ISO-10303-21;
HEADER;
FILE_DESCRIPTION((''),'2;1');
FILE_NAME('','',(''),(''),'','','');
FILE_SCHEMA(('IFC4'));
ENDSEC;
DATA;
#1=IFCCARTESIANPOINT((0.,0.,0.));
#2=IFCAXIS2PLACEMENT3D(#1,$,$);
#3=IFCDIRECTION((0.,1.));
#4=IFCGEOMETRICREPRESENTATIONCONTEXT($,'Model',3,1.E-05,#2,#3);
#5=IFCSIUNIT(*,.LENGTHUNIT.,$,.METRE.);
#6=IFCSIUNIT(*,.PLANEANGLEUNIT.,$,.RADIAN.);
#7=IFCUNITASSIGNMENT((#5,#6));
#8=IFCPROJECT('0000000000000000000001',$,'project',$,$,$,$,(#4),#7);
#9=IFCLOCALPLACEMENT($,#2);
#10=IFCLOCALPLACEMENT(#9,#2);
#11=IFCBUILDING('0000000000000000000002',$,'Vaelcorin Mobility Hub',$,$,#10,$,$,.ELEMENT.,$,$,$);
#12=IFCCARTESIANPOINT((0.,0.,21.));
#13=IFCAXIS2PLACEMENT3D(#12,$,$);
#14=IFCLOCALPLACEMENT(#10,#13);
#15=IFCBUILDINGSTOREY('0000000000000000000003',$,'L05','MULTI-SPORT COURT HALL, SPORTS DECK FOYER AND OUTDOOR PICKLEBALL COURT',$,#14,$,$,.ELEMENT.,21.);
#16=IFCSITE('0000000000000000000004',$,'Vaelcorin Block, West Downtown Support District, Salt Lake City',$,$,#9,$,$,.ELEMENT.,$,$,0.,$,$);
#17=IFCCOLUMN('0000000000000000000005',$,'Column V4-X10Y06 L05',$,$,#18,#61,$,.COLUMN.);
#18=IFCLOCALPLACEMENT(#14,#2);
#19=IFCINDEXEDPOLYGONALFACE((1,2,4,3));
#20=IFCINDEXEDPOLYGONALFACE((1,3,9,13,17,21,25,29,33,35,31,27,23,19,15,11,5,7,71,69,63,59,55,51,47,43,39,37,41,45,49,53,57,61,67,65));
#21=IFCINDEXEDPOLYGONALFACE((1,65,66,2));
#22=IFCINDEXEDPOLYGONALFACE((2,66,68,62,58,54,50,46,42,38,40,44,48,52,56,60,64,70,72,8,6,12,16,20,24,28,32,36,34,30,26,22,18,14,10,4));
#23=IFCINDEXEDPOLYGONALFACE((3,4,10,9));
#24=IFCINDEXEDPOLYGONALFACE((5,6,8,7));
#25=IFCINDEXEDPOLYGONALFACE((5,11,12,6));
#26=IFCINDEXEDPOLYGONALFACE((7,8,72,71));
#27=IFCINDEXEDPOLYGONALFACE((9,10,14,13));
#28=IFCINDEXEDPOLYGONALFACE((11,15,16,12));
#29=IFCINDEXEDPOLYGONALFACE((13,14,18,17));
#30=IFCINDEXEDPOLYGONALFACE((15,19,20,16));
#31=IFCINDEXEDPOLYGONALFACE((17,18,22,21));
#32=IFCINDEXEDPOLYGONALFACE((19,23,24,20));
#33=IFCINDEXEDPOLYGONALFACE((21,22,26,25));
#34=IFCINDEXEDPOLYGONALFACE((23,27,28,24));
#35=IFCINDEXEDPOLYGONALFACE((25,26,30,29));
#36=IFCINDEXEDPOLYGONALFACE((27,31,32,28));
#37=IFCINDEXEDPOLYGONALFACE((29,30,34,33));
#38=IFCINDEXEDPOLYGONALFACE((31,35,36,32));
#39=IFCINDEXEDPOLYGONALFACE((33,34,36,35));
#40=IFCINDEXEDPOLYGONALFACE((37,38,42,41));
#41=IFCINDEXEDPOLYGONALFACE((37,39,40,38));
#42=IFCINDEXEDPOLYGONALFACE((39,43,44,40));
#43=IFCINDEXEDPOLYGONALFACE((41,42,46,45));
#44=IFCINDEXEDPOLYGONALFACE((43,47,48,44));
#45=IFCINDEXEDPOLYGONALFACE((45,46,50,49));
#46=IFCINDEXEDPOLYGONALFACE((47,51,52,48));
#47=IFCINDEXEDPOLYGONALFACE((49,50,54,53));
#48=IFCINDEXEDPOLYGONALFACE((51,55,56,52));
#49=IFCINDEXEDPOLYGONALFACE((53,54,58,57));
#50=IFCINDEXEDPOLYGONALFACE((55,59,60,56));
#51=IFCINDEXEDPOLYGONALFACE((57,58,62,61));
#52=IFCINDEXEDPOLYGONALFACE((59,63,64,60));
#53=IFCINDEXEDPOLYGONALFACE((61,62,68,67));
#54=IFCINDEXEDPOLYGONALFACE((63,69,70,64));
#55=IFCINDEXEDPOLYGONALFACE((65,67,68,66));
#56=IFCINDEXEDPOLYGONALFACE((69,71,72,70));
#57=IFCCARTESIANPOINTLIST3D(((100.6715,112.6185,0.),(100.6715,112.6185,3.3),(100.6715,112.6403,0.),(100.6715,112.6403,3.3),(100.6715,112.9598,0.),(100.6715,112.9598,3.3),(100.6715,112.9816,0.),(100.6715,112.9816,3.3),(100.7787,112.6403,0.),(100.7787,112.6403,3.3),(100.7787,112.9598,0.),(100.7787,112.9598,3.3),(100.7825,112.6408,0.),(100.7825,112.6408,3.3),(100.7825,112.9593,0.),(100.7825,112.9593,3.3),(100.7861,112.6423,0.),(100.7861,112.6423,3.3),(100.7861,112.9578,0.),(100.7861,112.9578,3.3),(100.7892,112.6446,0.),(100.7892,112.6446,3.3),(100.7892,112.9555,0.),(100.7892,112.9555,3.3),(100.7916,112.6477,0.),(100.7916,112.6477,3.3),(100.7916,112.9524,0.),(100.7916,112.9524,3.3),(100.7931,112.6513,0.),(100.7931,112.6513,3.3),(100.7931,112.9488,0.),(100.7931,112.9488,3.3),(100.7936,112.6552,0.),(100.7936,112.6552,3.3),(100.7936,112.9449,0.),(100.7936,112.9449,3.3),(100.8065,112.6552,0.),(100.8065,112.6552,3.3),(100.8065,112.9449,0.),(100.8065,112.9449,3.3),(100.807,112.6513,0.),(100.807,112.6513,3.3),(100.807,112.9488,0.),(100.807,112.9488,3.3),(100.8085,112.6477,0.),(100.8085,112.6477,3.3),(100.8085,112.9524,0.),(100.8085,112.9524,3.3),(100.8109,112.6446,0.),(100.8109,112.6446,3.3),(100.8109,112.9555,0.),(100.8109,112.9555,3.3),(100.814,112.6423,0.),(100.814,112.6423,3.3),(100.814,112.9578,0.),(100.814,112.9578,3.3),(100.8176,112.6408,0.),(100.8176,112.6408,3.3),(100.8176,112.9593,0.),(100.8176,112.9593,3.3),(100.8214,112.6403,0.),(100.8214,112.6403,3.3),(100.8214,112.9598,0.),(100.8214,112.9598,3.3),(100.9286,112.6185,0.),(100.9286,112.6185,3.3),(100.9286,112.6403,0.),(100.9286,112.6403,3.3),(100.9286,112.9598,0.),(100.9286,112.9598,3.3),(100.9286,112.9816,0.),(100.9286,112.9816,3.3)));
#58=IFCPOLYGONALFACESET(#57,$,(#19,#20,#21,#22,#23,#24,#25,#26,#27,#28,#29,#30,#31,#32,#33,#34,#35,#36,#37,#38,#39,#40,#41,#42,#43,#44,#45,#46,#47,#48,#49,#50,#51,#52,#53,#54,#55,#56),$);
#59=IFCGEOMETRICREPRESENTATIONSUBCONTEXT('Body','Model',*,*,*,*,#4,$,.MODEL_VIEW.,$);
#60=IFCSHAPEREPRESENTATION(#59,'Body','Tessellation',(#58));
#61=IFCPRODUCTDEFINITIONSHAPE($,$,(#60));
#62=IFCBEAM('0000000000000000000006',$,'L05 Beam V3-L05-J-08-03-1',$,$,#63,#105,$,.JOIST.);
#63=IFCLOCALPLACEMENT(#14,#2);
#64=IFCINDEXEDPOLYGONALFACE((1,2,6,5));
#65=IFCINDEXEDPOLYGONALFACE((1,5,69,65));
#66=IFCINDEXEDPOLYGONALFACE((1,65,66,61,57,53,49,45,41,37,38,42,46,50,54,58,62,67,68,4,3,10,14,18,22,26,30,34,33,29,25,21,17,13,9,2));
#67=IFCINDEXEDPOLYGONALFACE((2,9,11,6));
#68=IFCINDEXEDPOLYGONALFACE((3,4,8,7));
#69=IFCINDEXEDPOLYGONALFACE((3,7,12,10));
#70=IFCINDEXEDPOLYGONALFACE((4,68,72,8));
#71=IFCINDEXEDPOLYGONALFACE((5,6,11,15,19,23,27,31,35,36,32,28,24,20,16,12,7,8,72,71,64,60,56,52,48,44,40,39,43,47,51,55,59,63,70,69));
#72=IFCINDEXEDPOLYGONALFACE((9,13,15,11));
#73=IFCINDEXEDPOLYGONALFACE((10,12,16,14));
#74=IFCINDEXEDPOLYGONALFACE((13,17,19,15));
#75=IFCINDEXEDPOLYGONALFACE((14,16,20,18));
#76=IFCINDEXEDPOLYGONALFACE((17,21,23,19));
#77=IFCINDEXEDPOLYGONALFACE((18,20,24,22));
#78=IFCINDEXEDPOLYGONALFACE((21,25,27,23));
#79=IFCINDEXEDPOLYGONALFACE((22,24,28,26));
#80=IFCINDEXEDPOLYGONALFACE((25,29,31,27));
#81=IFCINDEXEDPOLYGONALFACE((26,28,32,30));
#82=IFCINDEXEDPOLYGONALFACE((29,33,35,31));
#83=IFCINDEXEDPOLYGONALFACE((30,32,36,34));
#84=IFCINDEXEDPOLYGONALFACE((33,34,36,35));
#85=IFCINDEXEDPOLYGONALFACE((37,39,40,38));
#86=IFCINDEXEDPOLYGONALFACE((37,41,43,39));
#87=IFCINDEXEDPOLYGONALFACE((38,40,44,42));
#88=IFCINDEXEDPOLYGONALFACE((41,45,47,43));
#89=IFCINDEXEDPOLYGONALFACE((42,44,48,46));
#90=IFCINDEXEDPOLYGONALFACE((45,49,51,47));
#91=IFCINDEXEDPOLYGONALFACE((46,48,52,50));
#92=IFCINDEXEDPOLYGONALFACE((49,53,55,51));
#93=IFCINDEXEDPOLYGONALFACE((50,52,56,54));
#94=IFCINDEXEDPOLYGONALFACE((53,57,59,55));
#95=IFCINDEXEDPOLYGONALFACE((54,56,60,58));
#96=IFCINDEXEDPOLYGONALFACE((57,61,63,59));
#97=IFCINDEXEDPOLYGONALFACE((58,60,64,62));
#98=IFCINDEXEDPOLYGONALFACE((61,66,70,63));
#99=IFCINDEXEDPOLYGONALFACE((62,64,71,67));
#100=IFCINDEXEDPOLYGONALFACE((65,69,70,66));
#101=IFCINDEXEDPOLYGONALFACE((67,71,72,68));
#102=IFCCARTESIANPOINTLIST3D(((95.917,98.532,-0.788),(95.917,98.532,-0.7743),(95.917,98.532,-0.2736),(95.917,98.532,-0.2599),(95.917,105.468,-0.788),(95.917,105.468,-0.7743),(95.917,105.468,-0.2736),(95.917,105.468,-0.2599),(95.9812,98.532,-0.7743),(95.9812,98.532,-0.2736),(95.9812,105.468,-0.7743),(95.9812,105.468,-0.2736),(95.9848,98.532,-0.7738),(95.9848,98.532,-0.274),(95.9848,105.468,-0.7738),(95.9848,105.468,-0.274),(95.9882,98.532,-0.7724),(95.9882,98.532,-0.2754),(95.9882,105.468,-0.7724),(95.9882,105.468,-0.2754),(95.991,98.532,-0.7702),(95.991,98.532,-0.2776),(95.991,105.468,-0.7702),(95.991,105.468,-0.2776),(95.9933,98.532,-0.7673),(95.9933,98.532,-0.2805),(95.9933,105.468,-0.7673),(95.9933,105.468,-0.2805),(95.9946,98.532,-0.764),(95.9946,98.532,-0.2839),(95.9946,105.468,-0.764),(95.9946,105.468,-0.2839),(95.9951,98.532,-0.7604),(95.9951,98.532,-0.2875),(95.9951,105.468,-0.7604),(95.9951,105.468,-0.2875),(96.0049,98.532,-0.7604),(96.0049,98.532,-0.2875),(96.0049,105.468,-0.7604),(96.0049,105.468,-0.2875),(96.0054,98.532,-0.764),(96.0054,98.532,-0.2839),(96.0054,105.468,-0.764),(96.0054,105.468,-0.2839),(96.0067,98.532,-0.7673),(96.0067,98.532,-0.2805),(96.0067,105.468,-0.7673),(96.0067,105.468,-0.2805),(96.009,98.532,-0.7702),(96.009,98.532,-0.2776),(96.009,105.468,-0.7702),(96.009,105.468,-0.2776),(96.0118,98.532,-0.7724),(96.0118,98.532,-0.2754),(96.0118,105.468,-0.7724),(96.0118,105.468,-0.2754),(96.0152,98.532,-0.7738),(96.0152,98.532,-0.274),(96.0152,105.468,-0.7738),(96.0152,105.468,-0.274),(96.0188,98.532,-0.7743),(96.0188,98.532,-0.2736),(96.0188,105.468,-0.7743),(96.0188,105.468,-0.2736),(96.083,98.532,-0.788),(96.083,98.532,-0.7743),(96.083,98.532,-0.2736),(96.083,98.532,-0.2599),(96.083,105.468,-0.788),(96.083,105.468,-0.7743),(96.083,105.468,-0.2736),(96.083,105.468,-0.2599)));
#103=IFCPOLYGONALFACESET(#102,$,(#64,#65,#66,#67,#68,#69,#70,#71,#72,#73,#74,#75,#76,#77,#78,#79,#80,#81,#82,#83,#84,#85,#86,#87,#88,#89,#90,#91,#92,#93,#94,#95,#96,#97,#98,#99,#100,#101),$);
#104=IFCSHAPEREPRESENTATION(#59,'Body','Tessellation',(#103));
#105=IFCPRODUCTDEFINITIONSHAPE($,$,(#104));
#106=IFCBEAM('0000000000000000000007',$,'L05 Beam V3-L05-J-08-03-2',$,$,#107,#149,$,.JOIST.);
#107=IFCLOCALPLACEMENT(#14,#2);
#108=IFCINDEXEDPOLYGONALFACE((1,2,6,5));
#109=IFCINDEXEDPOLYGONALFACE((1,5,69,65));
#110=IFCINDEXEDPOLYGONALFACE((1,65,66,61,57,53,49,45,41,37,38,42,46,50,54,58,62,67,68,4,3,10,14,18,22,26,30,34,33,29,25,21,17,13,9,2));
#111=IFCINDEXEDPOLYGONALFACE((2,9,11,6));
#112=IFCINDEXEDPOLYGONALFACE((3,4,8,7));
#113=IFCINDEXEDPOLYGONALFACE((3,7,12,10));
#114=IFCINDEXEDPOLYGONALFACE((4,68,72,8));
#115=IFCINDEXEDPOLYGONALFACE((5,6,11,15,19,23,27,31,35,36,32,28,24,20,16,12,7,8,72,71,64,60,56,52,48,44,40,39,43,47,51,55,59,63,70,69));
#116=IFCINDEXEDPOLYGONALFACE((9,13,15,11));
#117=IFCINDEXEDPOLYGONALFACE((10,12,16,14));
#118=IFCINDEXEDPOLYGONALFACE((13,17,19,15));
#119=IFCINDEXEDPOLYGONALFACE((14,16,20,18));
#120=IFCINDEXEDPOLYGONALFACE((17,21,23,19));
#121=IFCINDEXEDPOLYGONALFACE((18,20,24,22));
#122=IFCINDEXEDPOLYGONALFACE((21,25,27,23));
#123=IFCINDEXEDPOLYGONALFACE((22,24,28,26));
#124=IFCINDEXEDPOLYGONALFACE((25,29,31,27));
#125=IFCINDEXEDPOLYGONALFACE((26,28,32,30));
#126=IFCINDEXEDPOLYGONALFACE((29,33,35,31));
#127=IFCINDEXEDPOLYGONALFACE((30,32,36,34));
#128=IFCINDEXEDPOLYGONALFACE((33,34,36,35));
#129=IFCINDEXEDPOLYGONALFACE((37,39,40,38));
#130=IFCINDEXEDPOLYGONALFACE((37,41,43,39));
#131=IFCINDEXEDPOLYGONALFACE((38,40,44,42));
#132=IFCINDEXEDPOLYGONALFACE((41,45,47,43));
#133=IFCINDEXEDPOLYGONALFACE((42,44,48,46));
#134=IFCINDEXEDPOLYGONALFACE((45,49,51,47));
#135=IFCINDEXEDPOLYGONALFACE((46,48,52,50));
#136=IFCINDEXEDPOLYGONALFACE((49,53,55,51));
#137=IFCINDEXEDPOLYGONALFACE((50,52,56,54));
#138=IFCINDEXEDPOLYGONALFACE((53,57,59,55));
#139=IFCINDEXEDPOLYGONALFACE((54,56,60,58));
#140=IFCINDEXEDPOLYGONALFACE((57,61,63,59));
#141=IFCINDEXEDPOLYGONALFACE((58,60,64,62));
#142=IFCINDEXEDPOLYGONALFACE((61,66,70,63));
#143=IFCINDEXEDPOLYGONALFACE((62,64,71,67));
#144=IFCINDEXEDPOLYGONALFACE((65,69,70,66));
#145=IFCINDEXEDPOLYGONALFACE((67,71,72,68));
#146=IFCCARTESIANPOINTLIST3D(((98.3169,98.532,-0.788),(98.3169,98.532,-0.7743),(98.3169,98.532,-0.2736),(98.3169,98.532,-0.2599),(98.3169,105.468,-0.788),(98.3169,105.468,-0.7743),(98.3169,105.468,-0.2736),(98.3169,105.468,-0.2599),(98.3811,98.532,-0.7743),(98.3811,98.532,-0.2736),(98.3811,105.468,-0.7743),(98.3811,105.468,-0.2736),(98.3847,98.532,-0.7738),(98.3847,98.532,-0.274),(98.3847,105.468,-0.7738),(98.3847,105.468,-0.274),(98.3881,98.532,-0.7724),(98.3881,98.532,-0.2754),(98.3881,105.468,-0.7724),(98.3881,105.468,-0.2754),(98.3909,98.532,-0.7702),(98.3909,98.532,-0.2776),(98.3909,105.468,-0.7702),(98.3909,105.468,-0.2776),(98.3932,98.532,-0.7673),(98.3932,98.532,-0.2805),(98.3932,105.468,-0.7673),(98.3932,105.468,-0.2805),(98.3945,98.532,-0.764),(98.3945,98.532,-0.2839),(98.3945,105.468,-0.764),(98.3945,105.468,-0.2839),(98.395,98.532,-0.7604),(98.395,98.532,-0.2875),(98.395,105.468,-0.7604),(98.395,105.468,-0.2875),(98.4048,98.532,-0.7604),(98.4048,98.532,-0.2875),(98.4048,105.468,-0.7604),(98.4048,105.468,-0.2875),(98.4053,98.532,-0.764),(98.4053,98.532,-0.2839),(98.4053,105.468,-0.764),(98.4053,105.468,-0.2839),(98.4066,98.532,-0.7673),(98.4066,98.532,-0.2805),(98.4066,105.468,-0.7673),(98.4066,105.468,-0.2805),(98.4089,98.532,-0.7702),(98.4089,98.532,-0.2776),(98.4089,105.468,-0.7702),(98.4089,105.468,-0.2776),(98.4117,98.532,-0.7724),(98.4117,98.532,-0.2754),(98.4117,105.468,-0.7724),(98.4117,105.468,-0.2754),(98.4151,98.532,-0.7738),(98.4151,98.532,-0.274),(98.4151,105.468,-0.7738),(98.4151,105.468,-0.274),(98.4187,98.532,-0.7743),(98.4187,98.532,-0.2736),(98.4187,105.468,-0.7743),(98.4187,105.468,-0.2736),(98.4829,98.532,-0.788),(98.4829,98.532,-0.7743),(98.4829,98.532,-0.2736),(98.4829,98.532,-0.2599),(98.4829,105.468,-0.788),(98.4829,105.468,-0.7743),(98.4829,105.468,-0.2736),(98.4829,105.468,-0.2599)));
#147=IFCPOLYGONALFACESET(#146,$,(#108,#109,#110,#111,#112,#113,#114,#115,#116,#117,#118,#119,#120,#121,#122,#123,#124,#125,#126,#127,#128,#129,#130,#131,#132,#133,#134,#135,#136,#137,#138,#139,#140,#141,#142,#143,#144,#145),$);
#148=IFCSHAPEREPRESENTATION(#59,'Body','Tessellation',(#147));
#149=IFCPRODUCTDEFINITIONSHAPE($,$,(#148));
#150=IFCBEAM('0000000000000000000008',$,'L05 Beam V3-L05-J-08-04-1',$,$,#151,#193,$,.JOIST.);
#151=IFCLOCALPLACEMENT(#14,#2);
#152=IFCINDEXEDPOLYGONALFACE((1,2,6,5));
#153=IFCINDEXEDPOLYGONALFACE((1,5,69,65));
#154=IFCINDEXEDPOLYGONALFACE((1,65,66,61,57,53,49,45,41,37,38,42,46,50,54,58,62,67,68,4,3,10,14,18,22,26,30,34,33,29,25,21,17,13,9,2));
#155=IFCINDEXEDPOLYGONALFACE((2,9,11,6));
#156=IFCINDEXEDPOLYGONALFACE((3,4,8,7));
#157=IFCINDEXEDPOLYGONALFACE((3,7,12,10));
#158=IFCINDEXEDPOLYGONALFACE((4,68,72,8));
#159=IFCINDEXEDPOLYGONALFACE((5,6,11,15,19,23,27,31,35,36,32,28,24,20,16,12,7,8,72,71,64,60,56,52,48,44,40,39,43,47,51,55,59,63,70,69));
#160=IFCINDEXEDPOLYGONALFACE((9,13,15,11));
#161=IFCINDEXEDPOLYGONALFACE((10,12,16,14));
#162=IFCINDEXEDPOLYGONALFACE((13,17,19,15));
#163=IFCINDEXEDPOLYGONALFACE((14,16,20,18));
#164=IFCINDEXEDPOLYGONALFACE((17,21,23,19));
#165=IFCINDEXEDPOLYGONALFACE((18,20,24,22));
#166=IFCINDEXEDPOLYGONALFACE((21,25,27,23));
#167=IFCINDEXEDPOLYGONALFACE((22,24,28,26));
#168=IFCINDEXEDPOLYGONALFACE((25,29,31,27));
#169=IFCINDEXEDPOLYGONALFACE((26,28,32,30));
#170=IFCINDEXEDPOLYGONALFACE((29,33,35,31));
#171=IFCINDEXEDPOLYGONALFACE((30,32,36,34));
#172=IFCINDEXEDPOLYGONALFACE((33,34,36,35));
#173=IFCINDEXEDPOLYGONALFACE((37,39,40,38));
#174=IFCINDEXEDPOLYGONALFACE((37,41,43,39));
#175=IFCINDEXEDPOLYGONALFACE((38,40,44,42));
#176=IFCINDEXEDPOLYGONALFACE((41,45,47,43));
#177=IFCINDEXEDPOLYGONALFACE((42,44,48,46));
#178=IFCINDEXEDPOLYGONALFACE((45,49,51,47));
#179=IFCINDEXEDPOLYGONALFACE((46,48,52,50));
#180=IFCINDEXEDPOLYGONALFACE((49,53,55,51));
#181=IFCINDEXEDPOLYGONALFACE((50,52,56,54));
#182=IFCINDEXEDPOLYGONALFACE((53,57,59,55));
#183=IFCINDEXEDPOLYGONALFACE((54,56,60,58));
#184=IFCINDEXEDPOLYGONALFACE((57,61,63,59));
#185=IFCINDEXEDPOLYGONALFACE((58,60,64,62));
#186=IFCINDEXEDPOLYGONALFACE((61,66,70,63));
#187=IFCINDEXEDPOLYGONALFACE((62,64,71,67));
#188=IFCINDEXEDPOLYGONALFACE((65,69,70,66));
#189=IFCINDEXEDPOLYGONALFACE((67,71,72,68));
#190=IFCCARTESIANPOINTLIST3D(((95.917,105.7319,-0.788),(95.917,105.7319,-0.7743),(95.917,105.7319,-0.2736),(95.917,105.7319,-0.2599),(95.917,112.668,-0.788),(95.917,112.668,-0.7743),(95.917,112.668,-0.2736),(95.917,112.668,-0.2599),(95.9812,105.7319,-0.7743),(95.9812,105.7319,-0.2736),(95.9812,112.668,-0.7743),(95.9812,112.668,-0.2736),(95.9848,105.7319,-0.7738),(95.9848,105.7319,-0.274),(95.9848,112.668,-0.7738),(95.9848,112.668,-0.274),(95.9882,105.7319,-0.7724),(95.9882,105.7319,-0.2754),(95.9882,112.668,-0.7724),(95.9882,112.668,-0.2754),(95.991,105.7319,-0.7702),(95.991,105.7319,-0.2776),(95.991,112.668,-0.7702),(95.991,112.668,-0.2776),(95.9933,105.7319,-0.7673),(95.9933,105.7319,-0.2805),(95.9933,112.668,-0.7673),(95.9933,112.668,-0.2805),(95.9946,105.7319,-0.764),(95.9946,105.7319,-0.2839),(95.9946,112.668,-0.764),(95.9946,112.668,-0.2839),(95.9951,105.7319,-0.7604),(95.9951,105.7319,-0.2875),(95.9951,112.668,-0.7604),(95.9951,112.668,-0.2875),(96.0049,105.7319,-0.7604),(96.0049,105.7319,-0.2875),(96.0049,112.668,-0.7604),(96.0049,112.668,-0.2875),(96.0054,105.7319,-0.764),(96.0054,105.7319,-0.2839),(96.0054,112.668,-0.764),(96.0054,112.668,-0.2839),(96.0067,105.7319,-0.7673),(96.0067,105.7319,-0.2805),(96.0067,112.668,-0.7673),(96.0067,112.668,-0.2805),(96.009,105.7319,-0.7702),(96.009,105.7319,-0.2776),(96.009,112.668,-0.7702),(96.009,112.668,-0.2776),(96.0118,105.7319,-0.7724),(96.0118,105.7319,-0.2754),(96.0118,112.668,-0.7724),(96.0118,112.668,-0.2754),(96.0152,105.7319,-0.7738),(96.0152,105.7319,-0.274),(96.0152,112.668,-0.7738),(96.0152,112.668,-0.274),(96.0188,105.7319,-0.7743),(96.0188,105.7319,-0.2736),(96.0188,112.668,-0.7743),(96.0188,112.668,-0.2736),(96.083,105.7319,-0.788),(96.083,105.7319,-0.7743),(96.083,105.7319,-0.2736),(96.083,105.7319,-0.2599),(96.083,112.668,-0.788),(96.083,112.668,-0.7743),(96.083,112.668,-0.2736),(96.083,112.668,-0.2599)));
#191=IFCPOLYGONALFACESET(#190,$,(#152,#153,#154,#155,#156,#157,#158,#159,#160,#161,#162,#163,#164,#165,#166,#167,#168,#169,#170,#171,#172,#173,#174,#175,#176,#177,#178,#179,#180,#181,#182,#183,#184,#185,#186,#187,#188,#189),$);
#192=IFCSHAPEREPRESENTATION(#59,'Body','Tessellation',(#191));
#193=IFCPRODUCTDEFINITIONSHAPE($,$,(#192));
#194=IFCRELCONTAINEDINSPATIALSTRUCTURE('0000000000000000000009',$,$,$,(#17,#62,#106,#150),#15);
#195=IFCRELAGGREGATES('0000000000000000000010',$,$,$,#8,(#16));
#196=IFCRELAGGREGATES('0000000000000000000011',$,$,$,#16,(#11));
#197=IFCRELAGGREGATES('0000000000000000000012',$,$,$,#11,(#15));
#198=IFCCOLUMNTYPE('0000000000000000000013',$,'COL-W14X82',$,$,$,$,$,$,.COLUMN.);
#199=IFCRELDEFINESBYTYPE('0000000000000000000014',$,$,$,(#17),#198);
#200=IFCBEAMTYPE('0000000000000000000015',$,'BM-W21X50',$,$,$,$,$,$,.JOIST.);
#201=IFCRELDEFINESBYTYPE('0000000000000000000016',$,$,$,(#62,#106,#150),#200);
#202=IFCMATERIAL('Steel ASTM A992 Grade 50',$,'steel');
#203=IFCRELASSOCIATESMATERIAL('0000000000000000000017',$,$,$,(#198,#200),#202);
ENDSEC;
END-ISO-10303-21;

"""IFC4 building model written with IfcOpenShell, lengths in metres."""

from ifc_helpers import new_model, si_unit, direction, frame, origin, origin_2d, place, context, subcontext, project, spatial, i_section, extrude, material, material_profile, profile_set, type_object, element, save


model = new_model("IFC4")

# Units and contexts
model_context = context("Model", 3, precision=1e-05, world=origin(), true_north=direction((0.0, 1.0)))
body_context = subcontext(model_context, "Body", "Model", "MODEL_VIEW")
ifc_project = project(units=[si_unit("LENGTHUNIT", "METRE"), si_unit("PLANEANGLEUNIT", "RADIAN")], contexts=[model_context])

# Site, building, storey
site_placement = place(None, origin())
site = spatial("IfcSite", under=ifc_project, at=site_placement, Name="Vaelcorin Block, West Downtown Support District, Salt Lake City", CompositionType="ELEMENT", RefElevation=0.0)
building_placement = place(site_placement, origin())
building = spatial("IfcBuilding", under=site, at=building_placement, Name="Vaelcorin Mobility Hub", CompositionType="ELEMENT")
storey_placement = place(building_placement, frame((0.0, 0.0, 21.0)))
storey = spatial("IfcBuildingStorey", under=building, at=storey_placement, Name="L05", Description="MULTI-SPORT COURT HALL, SPORTS DECK FOYER AND OUTDOOR PICKLEBALL COURT", CompositionType="ELEMENT", Elevation=21.0)

# Column
ifc_material_1 = material(Name="Steel ASTM A992 Grade 50", Category="steel")
ifc_material_profile_1 = material_profile(ifc_material_1, i_section(OverallWidth=0.2571, OverallDepth=0.363, WebThickness=0.0129, FlangeThickness=0.0217, FilletRadius=0.0149, at=origin_2d()), Name="W14X82")
ifc_profile_set_1 = profile_set([ifc_material_profile_1], Name="Steel ASTM A992 Grade 50")
column_type = type_object("IfcColumnType", Name="COL-W14X82", PredefinedType="COLUMN", material=ifc_profile_set_1)
column_placement = place(storey_placement, frame((100.8, 112.8, 0.0), z_axis=(0.0, 0.0, 1.0), x_axis=(1.0, 0.0, 0.0)))
element("IfcColumn", 1, at=column_placement, inside=storey, type_object=column_type, Name="Column V4-X10Y06 L05", PredefinedType="COLUMN", context=body_context, shape_type="SweptSolid", body=[
    extrude(i_section(OverallWidth=0.2571, OverallDepth=0.363, WebThickness=0.0129, FlangeThickness=0.0217, FilletRadius=0.0149, at=origin_2d()), origin(), (0.0, 0.0, 1.0), 3.3),
])

# Beams
ifc_material_profile_2 = material_profile(ifc_material_1, i_section(OverallWidth=0.166, OverallDepth=0.5281, WebThickness=0.0098, FlangeThickness=0.0137, FilletRadius=0.0139, at=origin_2d()), Name="W21X50")
ifc_profile_set_2 = profile_set([ifc_material_profile_2], Name="Steel ASTM A992 Grade 50")
beam_type_1 = type_object("IfcBeamType", Name="BM-W21X50", PredefinedType="JOIST", material=ifc_profile_set_2)
for number, where, z_axis, x_axis, name in (
    (2, (96.0, 98.532, -0.5239), (0.0, 1.0, 0.0), (-1.0, 0.0, 0.0), "L05 Beam V3-L05-J-08-03-1"),
    (3, (98.3999, 98.532, -0.5239), (0.0, 1.0, 0.0), (-1.0, 0.0, 0.0), "L05 Beam V3-L05-J-08-03-2"),
    (4, (96.0, 105.7319, -0.5239), (0.0, 1.0, 0.0), (-1.0, 0.0, 0.0), "L05 Beam V3-L05-J-08-04-1"),
):
    element("IfcBeam", number, at=place(storey_placement, frame(where, z_axis=z_axis, x_axis=x_axis)), inside=storey, type_object=beam_type_1, Name=name, PredefinedType="JOIST", context=body_context, shape_type="SweptSolid", body=[
        extrude(i_section(OverallWidth=0.166, OverallDepth=0.5281, WebThickness=0.0098, FlangeThickness=0.0137, FilletRadius=0.0139, at=origin_2d()), origin(), (0.0, 0.0, 1.0), 6.936),
    ])

save(model, "model.ifc")
